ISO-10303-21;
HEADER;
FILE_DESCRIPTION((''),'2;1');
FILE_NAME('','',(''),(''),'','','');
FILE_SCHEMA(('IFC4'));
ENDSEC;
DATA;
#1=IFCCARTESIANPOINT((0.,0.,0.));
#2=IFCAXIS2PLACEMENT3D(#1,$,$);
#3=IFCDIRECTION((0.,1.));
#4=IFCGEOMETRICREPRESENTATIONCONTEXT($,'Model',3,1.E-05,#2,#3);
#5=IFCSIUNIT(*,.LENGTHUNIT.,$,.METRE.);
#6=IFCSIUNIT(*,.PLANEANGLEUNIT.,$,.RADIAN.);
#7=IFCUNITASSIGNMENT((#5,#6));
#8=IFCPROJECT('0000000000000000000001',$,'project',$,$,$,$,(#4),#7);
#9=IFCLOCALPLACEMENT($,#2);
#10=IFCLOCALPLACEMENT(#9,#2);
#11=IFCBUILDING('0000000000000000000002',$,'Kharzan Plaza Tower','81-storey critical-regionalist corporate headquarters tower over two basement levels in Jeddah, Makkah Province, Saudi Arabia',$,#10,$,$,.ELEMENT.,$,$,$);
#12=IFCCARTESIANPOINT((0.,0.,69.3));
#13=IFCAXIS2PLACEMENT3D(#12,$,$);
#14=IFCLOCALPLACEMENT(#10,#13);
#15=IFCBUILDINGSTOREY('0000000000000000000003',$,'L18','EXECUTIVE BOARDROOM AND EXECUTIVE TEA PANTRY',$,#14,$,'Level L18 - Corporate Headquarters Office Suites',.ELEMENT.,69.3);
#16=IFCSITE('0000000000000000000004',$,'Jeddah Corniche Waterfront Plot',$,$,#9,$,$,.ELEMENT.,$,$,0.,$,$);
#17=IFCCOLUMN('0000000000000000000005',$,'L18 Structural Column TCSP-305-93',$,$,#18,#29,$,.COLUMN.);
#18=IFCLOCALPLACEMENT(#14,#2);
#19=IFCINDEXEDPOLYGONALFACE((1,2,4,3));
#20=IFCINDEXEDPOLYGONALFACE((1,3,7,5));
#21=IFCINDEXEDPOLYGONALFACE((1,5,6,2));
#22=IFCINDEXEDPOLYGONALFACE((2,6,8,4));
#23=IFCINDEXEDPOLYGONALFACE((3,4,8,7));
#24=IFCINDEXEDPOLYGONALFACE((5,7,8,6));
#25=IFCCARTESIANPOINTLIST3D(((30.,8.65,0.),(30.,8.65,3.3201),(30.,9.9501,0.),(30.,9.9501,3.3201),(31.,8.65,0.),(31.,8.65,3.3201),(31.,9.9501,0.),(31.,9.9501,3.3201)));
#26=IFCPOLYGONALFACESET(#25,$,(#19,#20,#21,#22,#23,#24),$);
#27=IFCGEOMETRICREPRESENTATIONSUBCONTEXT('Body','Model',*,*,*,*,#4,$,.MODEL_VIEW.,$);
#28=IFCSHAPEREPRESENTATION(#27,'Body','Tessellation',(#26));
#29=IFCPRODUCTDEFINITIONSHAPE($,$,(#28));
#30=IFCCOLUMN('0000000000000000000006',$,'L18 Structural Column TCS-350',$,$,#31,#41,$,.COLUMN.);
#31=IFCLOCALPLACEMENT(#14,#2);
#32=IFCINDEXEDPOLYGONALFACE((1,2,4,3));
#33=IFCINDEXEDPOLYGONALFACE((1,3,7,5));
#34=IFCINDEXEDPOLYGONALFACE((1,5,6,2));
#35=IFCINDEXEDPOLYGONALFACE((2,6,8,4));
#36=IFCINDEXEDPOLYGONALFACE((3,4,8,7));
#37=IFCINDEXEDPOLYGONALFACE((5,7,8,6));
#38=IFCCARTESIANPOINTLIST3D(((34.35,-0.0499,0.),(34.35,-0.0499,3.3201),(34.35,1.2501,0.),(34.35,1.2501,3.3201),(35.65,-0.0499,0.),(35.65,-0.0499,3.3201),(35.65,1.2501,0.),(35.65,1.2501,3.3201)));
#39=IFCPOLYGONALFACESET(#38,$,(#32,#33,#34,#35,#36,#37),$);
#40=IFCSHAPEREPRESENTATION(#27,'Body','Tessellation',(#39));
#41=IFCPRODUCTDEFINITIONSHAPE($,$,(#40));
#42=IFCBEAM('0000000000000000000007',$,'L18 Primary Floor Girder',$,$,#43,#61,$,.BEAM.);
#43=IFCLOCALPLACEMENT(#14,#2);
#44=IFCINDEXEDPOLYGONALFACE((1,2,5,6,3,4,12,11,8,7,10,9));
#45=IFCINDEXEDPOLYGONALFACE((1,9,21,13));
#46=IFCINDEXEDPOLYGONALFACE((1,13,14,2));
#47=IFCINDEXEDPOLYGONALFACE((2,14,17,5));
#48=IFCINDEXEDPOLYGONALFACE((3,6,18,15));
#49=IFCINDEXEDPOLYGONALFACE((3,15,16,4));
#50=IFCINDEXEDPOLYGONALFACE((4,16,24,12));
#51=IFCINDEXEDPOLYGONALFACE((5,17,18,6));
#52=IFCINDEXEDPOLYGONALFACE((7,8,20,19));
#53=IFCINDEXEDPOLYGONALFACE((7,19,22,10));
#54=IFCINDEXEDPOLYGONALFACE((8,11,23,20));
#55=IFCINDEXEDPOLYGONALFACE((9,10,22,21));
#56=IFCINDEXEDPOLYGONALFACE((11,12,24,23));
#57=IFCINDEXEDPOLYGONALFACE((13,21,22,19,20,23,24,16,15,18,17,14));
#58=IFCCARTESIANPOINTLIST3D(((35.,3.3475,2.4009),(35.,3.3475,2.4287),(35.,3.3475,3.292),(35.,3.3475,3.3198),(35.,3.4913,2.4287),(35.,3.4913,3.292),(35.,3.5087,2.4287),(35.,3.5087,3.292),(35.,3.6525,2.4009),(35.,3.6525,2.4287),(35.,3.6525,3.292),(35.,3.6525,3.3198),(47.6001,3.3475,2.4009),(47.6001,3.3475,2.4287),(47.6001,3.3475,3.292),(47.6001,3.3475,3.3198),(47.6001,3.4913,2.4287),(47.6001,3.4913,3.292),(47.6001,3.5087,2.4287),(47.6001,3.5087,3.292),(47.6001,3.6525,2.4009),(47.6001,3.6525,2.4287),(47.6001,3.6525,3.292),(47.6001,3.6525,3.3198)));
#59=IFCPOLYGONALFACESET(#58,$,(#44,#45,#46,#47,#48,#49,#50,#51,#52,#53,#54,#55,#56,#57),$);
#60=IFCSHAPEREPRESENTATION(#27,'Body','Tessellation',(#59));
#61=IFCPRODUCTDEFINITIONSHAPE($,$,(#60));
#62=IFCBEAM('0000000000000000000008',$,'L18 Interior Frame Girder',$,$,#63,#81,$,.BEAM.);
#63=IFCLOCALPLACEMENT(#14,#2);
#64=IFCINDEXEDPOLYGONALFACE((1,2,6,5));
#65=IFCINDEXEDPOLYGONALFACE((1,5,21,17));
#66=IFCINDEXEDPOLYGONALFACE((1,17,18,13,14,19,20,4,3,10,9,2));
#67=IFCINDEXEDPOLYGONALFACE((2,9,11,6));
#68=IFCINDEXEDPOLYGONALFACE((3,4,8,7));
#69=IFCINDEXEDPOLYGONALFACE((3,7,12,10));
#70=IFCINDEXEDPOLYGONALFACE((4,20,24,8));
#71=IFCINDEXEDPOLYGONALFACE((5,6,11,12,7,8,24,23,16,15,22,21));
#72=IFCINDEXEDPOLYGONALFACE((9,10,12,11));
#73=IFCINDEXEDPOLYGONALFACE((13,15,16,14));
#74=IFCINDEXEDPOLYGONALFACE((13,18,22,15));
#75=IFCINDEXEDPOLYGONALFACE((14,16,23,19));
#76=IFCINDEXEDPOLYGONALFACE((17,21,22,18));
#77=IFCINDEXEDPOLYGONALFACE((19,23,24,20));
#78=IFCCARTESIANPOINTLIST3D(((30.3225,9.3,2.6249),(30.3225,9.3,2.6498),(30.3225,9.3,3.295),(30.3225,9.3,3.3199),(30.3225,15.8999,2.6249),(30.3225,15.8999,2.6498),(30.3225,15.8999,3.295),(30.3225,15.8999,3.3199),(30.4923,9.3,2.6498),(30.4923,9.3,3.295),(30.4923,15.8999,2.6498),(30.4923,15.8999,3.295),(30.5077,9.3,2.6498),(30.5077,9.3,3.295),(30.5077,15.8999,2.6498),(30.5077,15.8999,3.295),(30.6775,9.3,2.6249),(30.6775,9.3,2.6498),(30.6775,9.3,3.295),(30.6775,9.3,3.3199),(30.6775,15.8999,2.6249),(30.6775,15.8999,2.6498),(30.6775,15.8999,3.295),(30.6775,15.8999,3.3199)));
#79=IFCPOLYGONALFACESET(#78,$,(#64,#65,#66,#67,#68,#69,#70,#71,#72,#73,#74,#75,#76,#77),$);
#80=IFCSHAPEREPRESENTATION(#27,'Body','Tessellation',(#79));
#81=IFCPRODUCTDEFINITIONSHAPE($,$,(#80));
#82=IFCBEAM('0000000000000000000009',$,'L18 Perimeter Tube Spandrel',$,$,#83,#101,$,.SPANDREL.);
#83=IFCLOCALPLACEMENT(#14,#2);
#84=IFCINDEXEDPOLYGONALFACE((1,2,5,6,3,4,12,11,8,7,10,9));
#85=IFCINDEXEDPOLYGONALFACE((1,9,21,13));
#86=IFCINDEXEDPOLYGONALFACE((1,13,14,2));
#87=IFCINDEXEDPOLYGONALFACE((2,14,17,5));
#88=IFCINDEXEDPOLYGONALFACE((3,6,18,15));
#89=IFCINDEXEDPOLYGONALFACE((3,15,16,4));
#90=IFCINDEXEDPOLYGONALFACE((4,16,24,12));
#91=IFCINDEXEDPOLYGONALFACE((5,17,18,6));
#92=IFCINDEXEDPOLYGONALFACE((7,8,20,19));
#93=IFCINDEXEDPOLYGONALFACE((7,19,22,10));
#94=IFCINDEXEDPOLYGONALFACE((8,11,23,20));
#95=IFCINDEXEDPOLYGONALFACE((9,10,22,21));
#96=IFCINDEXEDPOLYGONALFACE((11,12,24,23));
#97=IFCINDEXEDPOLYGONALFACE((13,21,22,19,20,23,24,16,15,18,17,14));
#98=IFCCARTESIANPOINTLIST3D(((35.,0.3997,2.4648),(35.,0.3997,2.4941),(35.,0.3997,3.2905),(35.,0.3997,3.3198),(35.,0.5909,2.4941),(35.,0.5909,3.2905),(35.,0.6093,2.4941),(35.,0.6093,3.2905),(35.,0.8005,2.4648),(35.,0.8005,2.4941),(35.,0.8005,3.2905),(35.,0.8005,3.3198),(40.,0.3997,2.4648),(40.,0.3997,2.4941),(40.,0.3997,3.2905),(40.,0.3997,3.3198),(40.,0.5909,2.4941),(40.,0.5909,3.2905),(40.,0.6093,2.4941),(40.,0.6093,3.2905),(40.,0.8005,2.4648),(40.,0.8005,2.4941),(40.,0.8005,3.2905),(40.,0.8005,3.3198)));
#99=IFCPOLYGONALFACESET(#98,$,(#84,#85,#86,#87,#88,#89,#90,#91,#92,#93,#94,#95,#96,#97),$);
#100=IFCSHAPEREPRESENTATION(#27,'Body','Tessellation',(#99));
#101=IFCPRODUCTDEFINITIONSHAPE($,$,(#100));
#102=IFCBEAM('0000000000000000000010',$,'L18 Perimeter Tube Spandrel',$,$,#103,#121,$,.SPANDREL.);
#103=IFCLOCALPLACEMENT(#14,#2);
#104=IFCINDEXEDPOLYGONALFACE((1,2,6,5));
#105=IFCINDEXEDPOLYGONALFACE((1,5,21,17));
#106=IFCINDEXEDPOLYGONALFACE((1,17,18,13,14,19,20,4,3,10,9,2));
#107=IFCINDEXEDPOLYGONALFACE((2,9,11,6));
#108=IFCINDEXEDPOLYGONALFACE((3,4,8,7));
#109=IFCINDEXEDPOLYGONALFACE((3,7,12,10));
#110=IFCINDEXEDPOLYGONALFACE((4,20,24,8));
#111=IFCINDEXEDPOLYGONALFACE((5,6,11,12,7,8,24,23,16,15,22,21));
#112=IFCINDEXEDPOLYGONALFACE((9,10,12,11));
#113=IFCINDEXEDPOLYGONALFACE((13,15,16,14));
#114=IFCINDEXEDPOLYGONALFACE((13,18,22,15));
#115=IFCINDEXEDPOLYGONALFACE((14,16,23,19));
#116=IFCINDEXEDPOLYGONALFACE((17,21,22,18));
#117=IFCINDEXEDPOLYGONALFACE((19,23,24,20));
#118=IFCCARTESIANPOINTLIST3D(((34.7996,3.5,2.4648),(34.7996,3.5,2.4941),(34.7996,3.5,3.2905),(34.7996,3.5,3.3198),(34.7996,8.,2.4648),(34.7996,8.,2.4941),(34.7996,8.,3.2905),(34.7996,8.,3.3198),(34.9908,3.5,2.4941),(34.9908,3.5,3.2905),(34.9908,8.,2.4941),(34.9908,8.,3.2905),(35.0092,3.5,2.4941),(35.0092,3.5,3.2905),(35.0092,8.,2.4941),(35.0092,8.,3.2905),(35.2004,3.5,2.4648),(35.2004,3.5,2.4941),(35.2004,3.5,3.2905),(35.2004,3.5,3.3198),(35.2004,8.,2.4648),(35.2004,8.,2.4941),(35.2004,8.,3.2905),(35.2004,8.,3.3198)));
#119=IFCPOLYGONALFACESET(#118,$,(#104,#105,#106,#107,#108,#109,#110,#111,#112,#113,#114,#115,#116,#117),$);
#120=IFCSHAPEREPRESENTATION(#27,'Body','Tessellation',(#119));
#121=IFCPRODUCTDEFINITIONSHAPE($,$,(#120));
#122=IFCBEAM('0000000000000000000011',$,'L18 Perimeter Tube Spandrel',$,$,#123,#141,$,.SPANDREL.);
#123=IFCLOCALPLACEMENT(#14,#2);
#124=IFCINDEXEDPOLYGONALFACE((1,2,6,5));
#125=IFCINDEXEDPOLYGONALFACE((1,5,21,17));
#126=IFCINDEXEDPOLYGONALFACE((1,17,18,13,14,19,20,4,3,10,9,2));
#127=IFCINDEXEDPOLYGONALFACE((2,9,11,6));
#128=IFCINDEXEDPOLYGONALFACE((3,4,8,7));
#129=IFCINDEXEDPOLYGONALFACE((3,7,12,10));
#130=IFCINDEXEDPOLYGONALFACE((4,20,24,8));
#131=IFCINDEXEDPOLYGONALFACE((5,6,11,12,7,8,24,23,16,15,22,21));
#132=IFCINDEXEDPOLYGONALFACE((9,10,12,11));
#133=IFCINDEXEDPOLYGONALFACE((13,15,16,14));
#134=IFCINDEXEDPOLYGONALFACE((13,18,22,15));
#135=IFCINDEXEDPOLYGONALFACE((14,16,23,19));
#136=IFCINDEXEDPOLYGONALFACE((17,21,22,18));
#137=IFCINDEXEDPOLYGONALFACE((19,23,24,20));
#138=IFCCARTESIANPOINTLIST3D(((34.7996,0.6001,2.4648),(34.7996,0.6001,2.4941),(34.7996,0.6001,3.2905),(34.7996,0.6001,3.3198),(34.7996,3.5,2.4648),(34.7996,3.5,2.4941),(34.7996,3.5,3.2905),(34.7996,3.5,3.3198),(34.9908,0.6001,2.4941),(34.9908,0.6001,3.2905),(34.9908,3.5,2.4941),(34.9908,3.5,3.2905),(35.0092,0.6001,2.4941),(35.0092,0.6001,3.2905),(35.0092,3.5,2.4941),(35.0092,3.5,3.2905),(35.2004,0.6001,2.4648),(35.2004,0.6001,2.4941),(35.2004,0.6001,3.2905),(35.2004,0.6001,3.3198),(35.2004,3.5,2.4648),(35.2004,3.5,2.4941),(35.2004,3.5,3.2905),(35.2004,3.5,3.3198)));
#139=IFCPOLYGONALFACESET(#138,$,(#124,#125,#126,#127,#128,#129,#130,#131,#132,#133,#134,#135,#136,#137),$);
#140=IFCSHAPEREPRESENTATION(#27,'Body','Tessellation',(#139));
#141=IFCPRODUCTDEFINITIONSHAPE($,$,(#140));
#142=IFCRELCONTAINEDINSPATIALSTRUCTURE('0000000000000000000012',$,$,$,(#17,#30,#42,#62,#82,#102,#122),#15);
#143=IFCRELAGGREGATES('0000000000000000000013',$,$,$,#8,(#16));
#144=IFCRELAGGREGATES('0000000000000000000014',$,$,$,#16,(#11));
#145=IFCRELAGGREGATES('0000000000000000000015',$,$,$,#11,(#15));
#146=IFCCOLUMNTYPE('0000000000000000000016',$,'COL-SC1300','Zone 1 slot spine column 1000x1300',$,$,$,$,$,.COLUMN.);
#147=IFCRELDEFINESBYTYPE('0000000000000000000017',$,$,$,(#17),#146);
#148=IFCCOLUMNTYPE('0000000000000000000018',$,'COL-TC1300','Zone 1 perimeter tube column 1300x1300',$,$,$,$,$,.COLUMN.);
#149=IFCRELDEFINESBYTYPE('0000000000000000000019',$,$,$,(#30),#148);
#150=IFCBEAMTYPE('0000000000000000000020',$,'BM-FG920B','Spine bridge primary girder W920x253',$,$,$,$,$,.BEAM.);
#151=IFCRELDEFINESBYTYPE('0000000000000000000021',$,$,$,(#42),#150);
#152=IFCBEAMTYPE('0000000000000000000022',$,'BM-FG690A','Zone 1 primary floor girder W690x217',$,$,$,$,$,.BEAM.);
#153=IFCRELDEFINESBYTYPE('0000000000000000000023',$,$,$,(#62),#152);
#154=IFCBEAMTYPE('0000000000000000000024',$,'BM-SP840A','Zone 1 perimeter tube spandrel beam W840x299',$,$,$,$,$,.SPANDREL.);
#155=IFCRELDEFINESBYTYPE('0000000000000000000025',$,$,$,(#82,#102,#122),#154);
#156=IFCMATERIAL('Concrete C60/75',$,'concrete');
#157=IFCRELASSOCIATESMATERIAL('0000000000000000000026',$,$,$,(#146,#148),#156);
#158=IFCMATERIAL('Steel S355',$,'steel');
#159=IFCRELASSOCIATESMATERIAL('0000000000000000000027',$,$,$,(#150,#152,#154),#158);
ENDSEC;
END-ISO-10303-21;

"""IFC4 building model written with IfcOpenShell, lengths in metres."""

from ifc_helpers import new_model, si_unit, direction, frame, origin, origin_2d, place, context, subcontext, project, spatial, rectangle, i_section, extrude, source, transform, mapped, material, material_profile, profile_set, type_object, element, save


model = new_model("IFC4")

# Units and contexts
model_context = context("Model", 3, precision=1e-05, world=origin(), true_north=direction((0.0, 1.0)))
body_context = subcontext(model_context, "Body", "Model", "MODEL_VIEW")
ifc_project = project(units=[si_unit("LENGTHUNIT", "METRE"), si_unit("PLANEANGLEUNIT", "RADIAN")], contexts=[model_context])

# Site, building, storey
site_placement = place(None, origin())
site = spatial("IfcSite", under=ifc_project, at=site_placement, Name="Jeddah Corniche Waterfront Plot", CompositionType="ELEMENT", RefElevation=0.0)
building_placement = place(site_placement, origin())
building = spatial("IfcBuilding", under=site, at=building_placement, Name="Kharzan Plaza Tower", Description="81-storey critical-regionalist corporate headquarters tower over two basement levels in Jeddah, Makkah Province, Saudi Arabia", CompositionType="ELEMENT")
storey_placement = place(building_placement, frame((0.0, 0.0, 69.3)))
storey = spatial("IfcBuildingStorey", under=building, at=storey_placement, Name="L18", Description="EXECUTIVE BOARDROOM AND EXECUTIVE TEA PANTRY", LongName="Level L18 - Corporate Headquarters Office Suites", CompositionType="ELEMENT", Elevation=69.3)

# Columns
ifc_material_1 = material(Name="Concrete C60/75", Category="concrete")
ifc_material_profile_1 = material_profile(ifc_material_1, rectangle(XDim=1.0, YDim=1.3, at=origin_2d()), Name="RC-SC1300x1000")
ifc_profile_set_1 = profile_set([ifc_material_profile_1], Name="Concrete C60/75")
column_type_1 = type_object("IfcColumnType", Name="COL-SC1300", Description="Zone 1 slot spine column 1000x1300", PredefinedType="COLUMN", material=ifc_profile_set_1)
shared_shape_1 = source(origin(), body_context, "Body", "SweptSolid", [
    extrude(rectangle(XDim=1.0, YDim=1.3, at=origin_2d()), origin(), (0.0, 0.0, 1.0), 3.3201),
])
column_1_placement = place(storey_placement, frame((30.5, 9.3, 0.0), z_axis=(0.0, 0.0, 1.0), x_axis=(1.0, 0.0, 0.0)))
element("IfcColumn", 1, at=column_1_placement, inside=storey, type_object=column_type_1, Name="L18 Structural Column TCSP-305-93", PredefinedType="COLUMN", context=body_context, shape_type="MappedRepresentation", body=[
    mapped(shared_shape_1, transform((0.0, 0.0, 0.0), x_axis=(1.0, 0.0, 0.0), y_axis=(0.0, 1.0, 0.0), z_axis=(0.0, 0.0, 1.0))),
])
ifc_material_profile_2 = material_profile(ifc_material_1, rectangle(XDim=1.3, YDim=1.3, at=origin_2d()), Name="RC-TC1300x1300")
ifc_profile_set_2 = profile_set([ifc_material_profile_2], Name="Concrete C60/75")
column_type_2 = type_object("IfcColumnType", Name="COL-TC1300", Description="Zone 1 perimeter tube column 1300x1300", PredefinedType="COLUMN", material=ifc_profile_set_2)
shared_shape_2 = source(origin(), body_context, "Body", "SweptSolid", [
    extrude(rectangle(XDim=1.3, YDim=1.3, at=origin_2d()), origin(), (0.0, 0.0, 1.0), 3.3201),
])
column_2_placement = place(storey_placement, frame((35.0, 0.6001, 0.0), z_axis=(0.0, 0.0, 1.0), x_axis=(1.0, 0.0, 0.0)))
element("IfcColumn", 2, at=column_2_placement, inside=storey, type_object=column_type_2, Name="L18 Structural Column TCS-350", PredefinedType="COLUMN", context=body_context, shape_type="MappedRepresentation", body=[
    mapped(shared_shape_2, transform((0.0, 0.0, 0.0), x_axis=(1.0, 0.0, 0.0), y_axis=(0.0, 1.0, 0.0), z_axis=(0.0, 0.0, 1.0))),
])

# Beams
ifc_material_2 = material(Name="Steel S355", Category="steel")
ifc_material_profile_3 = material_profile(ifc_material_2, i_section(OverallWidth=0.3049, OverallDepth=0.9189, WebThickness=0.0173, FlangeThickness=0.0278, at=origin_2d()), Name="W920x253")
ifc_profile_set_3 = profile_set([ifc_material_profile_3], Name="Steel S355")
beam_type_1 = type_object("IfcBeamType", Name="BM-FG920B", Description="Spine bridge primary girder W920x253", PredefinedType="BEAM", material=ifc_profile_set_3)
shared_shape_3 = source(origin(), body_context, "Body", "SweptSolid", [
    extrude(i_section(OverallWidth=0.3049, OverallDepth=0.9189, WebThickness=0.0173, FlangeThickness=0.0278, at=origin_2d()), origin(), (0.0, 0.0, 1.0), 12.6001),
])
beam_1_placement = place(storey_placement, frame((35.0, 3.5, 2.8604), z_axis=(1.0, 0.0, 0.0), x_axis=(0.0, 1.0, 0.0)))
element("IfcBeam", 3, at=beam_1_placement, inside=storey, type_object=beam_type_1, Name="L18 Primary Floor Girder", PredefinedType="BEAM", context=body_context, shape_type="MappedRepresentation", body=[
    mapped(shared_shape_3, transform((0.0, 0.0, 0.0), x_axis=(1.0, 0.0, 0.0), y_axis=(0.0, 1.0, 0.0), z_axis=(0.0, 0.0, 1.0))),
])
ifc_material_profile_4 = material_profile(ifc_material_2, i_section(OverallWidth=0.355, OverallDepth=0.6951, WebThickness=0.0154, FlangeThickness=0.0249, at=origin_2d()), Name="W690x217")
ifc_profile_set_4 = profile_set([ifc_material_profile_4], Name="Steel S355")
beam_type_2 = type_object("IfcBeamType", Name="BM-FG690A", Description="Zone 1 primary floor girder W690x217", PredefinedType="BEAM", material=ifc_profile_set_4)
shared_shape_4 = source(origin(), body_context, "Body", "SweptSolid", [
    extrude(i_section(OverallWidth=0.355, OverallDepth=0.6951, WebThickness=0.0154, FlangeThickness=0.0249, at=origin_2d()), origin(), (0.0, 0.0, 1.0), 6.5999),
])
beam_2_placement = place(storey_placement, frame((30.5, 9.3, 2.9724), z_axis=(0.0, 1.0, 0.0), x_axis=(-1.0, 0.0, 0.0)))
element("IfcBeam", 4, at=beam_2_placement, inside=storey, type_object=beam_type_2, Name="L18 Interior Frame Girder", PredefinedType="BEAM", context=body_context, shape_type="MappedRepresentation", body=[
    mapped(shared_shape_4, transform((0.0, 0.0, 0.0), x_axis=(1.0, 0.0, 0.0), y_axis=(0.0, 1.0, 0.0), z_axis=(0.0, 0.0, 1.0))),
])
ifc_material_profile_5 = material_profile(ifc_material_2, i_section(OverallWidth=0.4009, OverallDepth=0.855, WebThickness=0.0183, FlangeThickness=0.0293, at=origin_2d()), Name="W840x299")
ifc_profile_set_5 = profile_set([ifc_material_profile_5], Name="Steel S355")
beam_type_3 = type_object("IfcBeamType", Name="BM-SP840A", Description="Zone 1 perimeter tube spandrel beam W840x299", PredefinedType="SPANDREL", material=ifc_profile_set_5)
shared_shape_5 = source(origin(), body_context, "Body", "SweptSolid", [
    extrude(i_section(OverallWidth=0.4009, OverallDepth=0.855, WebThickness=0.0183, FlangeThickness=0.0293, at=origin_2d()), origin(), (0.0, 0.0, 1.0), 5.0),
])
beam_3_placement = place(storey_placement, frame((35.0, 0.6001, 2.8923), z_axis=(1.0, 0.0, 0.0), x_axis=(0.0, 1.0, 0.0)))
element("IfcBeam", 5, at=beam_3_placement, inside=storey, type_object=beam_type_3, Name="L18 Perimeter Tube Spandrel", PredefinedType="SPANDREL", context=body_context, shape_type="MappedRepresentation", body=[
    mapped(shared_shape_5, transform((0.0, 0.0, 0.0), x_axis=(1.0, 0.0, 0.0), y_axis=(0.0, 1.0, 0.0), z_axis=(0.0, 0.0, 1.0))),
])
shared_shape_6 = source(origin(), body_context, "Body", "SweptSolid", [
    extrude(i_section(OverallWidth=0.4009, OverallDepth=0.855, WebThickness=0.0183, FlangeThickness=0.0293, at=origin_2d()), origin(), (0.0, 0.0, 1.0), 4.5),
])
beam_4_placement = place(storey_placement, frame((35.0, 3.5, 2.8923), z_axis=(0.0, 1.0, 0.0), x_axis=(-1.0, 0.0, 0.0)))
element("IfcBeam", 6, at=beam_4_placement, inside=storey, type_object=beam_type_3, Name="L18 Perimeter Tube Spandrel", PredefinedType="SPANDREL", context=body_context, shape_type="MappedRepresentation", body=[
    mapped(shared_shape_6, transform((0.0, 0.0, 0.0), x_axis=(1.0, 0.0, 0.0), y_axis=(0.0, 1.0, 0.0), z_axis=(0.0, 0.0, 1.0))),
])
shared_shape_7 = source(origin(), body_context, "Body", "SweptSolid", [
    extrude(i_section(OverallWidth=0.4009, OverallDepth=0.855, WebThickness=0.0183, FlangeThickness=0.0293, at=origin_2d()), origin(), (0.0, 0.0, 1.0), 2.8999),
])
beam_5_placement = place(storey_placement, frame((35.0, 0.6001, 2.8923), z_axis=(0.0, 1.0, 0.0), x_axis=(-1.0, 0.0, 0.0)))
element("IfcBeam", 7, at=beam_5_placement, inside=storey, type_object=beam_type_3, Name="L18 Perimeter Tube Spandrel", PredefinedType="SPANDREL", context=body_context, shape_type="MappedRepresentation", body=[
    mapped(shared_shape_7, transform((0.0, 0.0, 0.0), x_axis=(1.0, 0.0, 0.0), y_axis=(0.0, 1.0, 0.0), z_axis=(0.0, 0.0, 1.0))),
])

save(model, "model.ifc")
